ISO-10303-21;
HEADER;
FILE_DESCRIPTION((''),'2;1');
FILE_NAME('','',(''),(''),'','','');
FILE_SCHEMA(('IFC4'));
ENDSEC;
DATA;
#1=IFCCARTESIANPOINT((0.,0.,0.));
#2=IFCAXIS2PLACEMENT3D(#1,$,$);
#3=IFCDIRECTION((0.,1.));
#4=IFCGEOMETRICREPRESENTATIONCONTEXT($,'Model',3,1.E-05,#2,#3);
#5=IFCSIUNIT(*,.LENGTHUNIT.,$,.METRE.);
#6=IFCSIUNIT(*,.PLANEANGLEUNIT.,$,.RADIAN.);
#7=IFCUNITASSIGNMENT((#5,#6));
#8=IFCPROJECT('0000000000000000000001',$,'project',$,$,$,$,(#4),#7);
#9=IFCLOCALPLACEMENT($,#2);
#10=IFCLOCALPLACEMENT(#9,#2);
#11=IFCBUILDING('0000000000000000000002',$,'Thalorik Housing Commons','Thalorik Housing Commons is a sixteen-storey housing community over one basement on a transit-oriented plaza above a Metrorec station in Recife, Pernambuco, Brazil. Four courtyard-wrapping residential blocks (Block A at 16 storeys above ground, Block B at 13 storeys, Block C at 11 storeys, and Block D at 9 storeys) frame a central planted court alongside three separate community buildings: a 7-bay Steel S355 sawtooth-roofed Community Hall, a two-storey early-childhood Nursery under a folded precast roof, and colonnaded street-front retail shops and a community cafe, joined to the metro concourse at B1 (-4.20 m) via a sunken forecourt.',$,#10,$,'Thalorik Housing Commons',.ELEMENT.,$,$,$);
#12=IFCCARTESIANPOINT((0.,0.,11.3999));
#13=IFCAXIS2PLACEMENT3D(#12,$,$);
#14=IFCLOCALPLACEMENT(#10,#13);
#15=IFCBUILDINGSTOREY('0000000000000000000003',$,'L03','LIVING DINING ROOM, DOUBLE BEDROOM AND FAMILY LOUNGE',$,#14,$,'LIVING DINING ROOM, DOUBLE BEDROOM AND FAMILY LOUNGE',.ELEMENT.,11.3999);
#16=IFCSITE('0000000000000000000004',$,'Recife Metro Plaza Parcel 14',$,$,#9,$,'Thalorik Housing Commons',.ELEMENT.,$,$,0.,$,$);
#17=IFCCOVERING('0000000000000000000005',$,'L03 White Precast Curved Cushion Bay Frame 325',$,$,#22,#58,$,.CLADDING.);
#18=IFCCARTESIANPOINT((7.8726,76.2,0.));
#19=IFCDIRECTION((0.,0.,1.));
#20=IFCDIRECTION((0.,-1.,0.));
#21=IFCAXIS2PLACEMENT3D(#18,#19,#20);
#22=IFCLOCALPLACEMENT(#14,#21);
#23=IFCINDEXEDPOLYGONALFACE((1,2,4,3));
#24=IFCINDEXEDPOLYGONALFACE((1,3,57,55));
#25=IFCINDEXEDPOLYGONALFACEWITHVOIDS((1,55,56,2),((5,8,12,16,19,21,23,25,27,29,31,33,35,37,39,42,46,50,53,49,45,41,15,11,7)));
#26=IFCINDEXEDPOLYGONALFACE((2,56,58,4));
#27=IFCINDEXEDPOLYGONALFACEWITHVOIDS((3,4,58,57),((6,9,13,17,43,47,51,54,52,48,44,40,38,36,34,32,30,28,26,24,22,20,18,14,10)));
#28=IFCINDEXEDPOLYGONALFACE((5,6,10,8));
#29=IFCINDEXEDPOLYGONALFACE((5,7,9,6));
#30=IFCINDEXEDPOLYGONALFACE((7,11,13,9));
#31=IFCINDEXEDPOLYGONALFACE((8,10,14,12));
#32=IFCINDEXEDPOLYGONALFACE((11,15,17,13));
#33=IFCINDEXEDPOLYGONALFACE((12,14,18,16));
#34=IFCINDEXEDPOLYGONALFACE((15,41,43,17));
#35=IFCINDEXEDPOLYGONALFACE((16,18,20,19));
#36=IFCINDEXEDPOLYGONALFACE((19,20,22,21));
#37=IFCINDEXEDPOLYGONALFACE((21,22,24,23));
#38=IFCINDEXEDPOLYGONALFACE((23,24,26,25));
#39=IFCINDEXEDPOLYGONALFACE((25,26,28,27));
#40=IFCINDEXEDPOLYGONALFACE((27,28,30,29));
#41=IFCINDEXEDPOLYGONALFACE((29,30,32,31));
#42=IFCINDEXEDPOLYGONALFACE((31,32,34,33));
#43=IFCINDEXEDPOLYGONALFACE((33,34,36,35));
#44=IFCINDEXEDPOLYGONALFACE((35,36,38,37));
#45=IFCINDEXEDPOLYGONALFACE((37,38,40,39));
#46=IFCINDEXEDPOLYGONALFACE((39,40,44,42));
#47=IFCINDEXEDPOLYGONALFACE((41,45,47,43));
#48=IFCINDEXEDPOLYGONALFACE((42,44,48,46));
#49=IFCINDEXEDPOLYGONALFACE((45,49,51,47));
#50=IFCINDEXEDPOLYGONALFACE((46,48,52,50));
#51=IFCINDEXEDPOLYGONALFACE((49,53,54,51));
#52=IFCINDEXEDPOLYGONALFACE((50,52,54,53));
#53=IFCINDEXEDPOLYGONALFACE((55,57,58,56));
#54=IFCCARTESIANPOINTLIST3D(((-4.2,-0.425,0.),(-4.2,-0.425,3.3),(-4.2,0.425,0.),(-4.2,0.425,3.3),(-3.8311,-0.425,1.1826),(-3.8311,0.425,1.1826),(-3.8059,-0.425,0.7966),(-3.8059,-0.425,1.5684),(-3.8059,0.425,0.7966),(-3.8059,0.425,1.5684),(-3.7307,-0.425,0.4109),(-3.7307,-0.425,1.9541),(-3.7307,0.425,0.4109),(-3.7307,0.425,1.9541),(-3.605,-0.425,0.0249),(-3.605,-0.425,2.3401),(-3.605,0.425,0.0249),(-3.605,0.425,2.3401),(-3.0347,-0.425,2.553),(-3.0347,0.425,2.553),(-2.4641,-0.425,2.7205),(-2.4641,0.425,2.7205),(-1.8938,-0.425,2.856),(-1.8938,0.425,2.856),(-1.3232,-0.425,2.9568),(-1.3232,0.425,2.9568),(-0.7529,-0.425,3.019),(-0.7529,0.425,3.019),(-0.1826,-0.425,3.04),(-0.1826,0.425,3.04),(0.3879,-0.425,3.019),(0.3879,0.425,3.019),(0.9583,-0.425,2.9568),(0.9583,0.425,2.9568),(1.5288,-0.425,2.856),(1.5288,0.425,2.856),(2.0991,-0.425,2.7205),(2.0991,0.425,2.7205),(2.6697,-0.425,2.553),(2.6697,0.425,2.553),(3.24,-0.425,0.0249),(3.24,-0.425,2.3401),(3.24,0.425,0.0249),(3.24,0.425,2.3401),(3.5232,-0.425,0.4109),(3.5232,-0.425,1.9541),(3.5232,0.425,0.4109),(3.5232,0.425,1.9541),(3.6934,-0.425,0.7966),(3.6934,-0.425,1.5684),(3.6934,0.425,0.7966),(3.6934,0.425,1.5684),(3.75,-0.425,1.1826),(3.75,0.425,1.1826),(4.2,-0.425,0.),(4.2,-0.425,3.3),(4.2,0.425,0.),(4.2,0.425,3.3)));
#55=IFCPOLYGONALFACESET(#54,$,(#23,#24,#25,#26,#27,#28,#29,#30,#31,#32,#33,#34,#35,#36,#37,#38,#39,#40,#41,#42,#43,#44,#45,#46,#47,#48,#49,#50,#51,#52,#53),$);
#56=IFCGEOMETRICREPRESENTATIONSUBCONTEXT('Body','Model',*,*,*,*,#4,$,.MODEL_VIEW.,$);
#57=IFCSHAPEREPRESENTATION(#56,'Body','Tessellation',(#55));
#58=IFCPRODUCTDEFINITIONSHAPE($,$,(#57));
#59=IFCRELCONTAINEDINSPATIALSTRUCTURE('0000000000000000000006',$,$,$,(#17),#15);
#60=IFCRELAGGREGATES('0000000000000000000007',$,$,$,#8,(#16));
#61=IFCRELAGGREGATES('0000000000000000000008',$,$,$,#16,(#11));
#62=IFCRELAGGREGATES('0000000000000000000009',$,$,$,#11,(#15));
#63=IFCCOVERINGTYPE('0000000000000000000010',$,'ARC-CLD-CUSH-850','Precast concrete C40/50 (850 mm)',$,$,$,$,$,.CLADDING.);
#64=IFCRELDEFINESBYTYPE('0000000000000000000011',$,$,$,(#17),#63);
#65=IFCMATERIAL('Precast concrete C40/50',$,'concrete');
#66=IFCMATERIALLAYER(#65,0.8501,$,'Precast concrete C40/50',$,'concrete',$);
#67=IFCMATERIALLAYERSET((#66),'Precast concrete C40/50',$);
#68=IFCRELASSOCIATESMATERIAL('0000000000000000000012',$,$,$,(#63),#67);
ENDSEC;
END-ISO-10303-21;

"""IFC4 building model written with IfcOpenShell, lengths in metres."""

from ifc_helpers import new_model, si_unit, direction, frame, origin, place, context, subcontext, project, spatial, polyline, outline, extrude, material, layer, layer_set, type_object, element, save


model = new_model("IFC4")

# Units and contexts
model_context = context("Model", 3, precision=1e-05, world=origin(), true_north=direction((0.0, 1.0)))
body_context = subcontext(model_context, "Body", "Model", "MODEL_VIEW")
ifc_project = project(units=[si_unit("LENGTHUNIT", "METRE"), si_unit("PLANEANGLEUNIT", "RADIAN")], contexts=[model_context])

# Site, building, storey
site_placement = place(None, origin())
site = spatial("IfcSite", under=ifc_project, at=site_placement, Name="Recife Metro Plaza Parcel 14", LongName="Thalorik Housing Commons", CompositionType="ELEMENT", RefElevation=0.0)
building_placement = place(site_placement, origin())
building = spatial("IfcBuilding", under=site, at=building_placement, Name="Thalorik Housing Commons", Description="Thalorik Housing Commons is a sixteen-storey housing community over one basement on a transit-oriented plaza above a Metrorec station in Recife, Pernambuco, Brazil. Four courtyard-wrapping residential blocks (Block A at 16 storeys above ground, Block B at 13 storeys, Block C at 11 storeys, and Block D at 9 storeys) frame a central planted court alongside three separate community buildings: a 7-bay Steel S355 sawtooth-roofed Community Hall, a two-storey early-childhood Nursery under a folded precast roof, and colonnaded street-front retail shops and a community cafe, joined to the metro concourse at B1 (-4.20 m) via a sunken forecourt.", LongName="Thalorik Housing Commons", CompositionType="ELEMENT")
storey_placement = place(building_placement, frame((0.0, 0.0, 11.3999)))
storey = spatial("IfcBuildingStorey", under=building, at=storey_placement, Name="L03", Description="LIVING DINING ROOM, DOUBLE BEDROOM AND FAMILY LOUNGE", LongName="LIVING DINING ROOM, DOUBLE BEDROOM AND FAMILY LOUNGE", CompositionType="ELEMENT", Elevation=11.3999)

# Shared definitions
ifc_material_1 = material(Name="Precast concrete C40/50", Category="concrete")

# Covering
ifc_layer_1 = layer(ifc_material_1, 0.8501, Name="Precast concrete C40/50", Category="concrete")
ifc_layer_set_1 = layer_set([ifc_layer_1], Name="Precast concrete C40/50")
covering_type_1 = type_object("IfcCoveringType", Name="ARC-CLD-CUSH-850", Description="Precast concrete C40/50 (850 mm)", PredefinedType="CLADDING", material=ifc_layer_set_1)
covering_1_placement = place(storey_placement, frame((7.8726, 76.2, 0.0), z_axis=(0.0, 0.0, 1.0), x_axis=(0.0, -1.0, 0.0)))
element("IfcCovering", 1, at=covering_1_placement, inside=storey, type_object=covering_type_1, Name="L03 White Precast Curved Cushion Bay Frame 325", PredefinedType="CLADDING", context=body_context, shape_type="SweptSolid", body=[
    extrude(outline(polyline([(-4.2, 0.0), (4.2, 0.0), (4.2, 3.3), (-4.2, 3.3), (-4.2, 0.0)]), holes=[polyline([(3.24, 0.0249), (3.5232, 0.4109), (3.6934, 0.7966), (3.75, 1.1826), (3.6934, 1.5684), (3.5232, 1.9541), (3.24, 2.3401), (2.6697, 2.553), (2.0991, 2.7205), (1.5288, 2.856), (0.9583, 2.9568), (0.3879, 3.019), (-0.1826, 3.04), (-0.7529, 3.019), (-1.3232, 2.9568), (-1.8938, 2.856), (-2.4641, 2.7205), (-3.0347, 2.553), (-3.605, 2.3401), (-3.7307, 1.9541), (-3.8059, 1.5684), (-3.8311, 1.1826), (-3.8059, 0.7966), (-3.7307, 0.4109), (-3.605, 0.0249), (3.24, 0.0249)])]), frame((0.0, 0.425, 0.0), z_axis=(0.0, -1.0, 0.0), x_axis=(1.0, 0.0, 0.0)), (0.0, 0.0, 1.0), 0.8501),
])

save(model, "model.ifc")
